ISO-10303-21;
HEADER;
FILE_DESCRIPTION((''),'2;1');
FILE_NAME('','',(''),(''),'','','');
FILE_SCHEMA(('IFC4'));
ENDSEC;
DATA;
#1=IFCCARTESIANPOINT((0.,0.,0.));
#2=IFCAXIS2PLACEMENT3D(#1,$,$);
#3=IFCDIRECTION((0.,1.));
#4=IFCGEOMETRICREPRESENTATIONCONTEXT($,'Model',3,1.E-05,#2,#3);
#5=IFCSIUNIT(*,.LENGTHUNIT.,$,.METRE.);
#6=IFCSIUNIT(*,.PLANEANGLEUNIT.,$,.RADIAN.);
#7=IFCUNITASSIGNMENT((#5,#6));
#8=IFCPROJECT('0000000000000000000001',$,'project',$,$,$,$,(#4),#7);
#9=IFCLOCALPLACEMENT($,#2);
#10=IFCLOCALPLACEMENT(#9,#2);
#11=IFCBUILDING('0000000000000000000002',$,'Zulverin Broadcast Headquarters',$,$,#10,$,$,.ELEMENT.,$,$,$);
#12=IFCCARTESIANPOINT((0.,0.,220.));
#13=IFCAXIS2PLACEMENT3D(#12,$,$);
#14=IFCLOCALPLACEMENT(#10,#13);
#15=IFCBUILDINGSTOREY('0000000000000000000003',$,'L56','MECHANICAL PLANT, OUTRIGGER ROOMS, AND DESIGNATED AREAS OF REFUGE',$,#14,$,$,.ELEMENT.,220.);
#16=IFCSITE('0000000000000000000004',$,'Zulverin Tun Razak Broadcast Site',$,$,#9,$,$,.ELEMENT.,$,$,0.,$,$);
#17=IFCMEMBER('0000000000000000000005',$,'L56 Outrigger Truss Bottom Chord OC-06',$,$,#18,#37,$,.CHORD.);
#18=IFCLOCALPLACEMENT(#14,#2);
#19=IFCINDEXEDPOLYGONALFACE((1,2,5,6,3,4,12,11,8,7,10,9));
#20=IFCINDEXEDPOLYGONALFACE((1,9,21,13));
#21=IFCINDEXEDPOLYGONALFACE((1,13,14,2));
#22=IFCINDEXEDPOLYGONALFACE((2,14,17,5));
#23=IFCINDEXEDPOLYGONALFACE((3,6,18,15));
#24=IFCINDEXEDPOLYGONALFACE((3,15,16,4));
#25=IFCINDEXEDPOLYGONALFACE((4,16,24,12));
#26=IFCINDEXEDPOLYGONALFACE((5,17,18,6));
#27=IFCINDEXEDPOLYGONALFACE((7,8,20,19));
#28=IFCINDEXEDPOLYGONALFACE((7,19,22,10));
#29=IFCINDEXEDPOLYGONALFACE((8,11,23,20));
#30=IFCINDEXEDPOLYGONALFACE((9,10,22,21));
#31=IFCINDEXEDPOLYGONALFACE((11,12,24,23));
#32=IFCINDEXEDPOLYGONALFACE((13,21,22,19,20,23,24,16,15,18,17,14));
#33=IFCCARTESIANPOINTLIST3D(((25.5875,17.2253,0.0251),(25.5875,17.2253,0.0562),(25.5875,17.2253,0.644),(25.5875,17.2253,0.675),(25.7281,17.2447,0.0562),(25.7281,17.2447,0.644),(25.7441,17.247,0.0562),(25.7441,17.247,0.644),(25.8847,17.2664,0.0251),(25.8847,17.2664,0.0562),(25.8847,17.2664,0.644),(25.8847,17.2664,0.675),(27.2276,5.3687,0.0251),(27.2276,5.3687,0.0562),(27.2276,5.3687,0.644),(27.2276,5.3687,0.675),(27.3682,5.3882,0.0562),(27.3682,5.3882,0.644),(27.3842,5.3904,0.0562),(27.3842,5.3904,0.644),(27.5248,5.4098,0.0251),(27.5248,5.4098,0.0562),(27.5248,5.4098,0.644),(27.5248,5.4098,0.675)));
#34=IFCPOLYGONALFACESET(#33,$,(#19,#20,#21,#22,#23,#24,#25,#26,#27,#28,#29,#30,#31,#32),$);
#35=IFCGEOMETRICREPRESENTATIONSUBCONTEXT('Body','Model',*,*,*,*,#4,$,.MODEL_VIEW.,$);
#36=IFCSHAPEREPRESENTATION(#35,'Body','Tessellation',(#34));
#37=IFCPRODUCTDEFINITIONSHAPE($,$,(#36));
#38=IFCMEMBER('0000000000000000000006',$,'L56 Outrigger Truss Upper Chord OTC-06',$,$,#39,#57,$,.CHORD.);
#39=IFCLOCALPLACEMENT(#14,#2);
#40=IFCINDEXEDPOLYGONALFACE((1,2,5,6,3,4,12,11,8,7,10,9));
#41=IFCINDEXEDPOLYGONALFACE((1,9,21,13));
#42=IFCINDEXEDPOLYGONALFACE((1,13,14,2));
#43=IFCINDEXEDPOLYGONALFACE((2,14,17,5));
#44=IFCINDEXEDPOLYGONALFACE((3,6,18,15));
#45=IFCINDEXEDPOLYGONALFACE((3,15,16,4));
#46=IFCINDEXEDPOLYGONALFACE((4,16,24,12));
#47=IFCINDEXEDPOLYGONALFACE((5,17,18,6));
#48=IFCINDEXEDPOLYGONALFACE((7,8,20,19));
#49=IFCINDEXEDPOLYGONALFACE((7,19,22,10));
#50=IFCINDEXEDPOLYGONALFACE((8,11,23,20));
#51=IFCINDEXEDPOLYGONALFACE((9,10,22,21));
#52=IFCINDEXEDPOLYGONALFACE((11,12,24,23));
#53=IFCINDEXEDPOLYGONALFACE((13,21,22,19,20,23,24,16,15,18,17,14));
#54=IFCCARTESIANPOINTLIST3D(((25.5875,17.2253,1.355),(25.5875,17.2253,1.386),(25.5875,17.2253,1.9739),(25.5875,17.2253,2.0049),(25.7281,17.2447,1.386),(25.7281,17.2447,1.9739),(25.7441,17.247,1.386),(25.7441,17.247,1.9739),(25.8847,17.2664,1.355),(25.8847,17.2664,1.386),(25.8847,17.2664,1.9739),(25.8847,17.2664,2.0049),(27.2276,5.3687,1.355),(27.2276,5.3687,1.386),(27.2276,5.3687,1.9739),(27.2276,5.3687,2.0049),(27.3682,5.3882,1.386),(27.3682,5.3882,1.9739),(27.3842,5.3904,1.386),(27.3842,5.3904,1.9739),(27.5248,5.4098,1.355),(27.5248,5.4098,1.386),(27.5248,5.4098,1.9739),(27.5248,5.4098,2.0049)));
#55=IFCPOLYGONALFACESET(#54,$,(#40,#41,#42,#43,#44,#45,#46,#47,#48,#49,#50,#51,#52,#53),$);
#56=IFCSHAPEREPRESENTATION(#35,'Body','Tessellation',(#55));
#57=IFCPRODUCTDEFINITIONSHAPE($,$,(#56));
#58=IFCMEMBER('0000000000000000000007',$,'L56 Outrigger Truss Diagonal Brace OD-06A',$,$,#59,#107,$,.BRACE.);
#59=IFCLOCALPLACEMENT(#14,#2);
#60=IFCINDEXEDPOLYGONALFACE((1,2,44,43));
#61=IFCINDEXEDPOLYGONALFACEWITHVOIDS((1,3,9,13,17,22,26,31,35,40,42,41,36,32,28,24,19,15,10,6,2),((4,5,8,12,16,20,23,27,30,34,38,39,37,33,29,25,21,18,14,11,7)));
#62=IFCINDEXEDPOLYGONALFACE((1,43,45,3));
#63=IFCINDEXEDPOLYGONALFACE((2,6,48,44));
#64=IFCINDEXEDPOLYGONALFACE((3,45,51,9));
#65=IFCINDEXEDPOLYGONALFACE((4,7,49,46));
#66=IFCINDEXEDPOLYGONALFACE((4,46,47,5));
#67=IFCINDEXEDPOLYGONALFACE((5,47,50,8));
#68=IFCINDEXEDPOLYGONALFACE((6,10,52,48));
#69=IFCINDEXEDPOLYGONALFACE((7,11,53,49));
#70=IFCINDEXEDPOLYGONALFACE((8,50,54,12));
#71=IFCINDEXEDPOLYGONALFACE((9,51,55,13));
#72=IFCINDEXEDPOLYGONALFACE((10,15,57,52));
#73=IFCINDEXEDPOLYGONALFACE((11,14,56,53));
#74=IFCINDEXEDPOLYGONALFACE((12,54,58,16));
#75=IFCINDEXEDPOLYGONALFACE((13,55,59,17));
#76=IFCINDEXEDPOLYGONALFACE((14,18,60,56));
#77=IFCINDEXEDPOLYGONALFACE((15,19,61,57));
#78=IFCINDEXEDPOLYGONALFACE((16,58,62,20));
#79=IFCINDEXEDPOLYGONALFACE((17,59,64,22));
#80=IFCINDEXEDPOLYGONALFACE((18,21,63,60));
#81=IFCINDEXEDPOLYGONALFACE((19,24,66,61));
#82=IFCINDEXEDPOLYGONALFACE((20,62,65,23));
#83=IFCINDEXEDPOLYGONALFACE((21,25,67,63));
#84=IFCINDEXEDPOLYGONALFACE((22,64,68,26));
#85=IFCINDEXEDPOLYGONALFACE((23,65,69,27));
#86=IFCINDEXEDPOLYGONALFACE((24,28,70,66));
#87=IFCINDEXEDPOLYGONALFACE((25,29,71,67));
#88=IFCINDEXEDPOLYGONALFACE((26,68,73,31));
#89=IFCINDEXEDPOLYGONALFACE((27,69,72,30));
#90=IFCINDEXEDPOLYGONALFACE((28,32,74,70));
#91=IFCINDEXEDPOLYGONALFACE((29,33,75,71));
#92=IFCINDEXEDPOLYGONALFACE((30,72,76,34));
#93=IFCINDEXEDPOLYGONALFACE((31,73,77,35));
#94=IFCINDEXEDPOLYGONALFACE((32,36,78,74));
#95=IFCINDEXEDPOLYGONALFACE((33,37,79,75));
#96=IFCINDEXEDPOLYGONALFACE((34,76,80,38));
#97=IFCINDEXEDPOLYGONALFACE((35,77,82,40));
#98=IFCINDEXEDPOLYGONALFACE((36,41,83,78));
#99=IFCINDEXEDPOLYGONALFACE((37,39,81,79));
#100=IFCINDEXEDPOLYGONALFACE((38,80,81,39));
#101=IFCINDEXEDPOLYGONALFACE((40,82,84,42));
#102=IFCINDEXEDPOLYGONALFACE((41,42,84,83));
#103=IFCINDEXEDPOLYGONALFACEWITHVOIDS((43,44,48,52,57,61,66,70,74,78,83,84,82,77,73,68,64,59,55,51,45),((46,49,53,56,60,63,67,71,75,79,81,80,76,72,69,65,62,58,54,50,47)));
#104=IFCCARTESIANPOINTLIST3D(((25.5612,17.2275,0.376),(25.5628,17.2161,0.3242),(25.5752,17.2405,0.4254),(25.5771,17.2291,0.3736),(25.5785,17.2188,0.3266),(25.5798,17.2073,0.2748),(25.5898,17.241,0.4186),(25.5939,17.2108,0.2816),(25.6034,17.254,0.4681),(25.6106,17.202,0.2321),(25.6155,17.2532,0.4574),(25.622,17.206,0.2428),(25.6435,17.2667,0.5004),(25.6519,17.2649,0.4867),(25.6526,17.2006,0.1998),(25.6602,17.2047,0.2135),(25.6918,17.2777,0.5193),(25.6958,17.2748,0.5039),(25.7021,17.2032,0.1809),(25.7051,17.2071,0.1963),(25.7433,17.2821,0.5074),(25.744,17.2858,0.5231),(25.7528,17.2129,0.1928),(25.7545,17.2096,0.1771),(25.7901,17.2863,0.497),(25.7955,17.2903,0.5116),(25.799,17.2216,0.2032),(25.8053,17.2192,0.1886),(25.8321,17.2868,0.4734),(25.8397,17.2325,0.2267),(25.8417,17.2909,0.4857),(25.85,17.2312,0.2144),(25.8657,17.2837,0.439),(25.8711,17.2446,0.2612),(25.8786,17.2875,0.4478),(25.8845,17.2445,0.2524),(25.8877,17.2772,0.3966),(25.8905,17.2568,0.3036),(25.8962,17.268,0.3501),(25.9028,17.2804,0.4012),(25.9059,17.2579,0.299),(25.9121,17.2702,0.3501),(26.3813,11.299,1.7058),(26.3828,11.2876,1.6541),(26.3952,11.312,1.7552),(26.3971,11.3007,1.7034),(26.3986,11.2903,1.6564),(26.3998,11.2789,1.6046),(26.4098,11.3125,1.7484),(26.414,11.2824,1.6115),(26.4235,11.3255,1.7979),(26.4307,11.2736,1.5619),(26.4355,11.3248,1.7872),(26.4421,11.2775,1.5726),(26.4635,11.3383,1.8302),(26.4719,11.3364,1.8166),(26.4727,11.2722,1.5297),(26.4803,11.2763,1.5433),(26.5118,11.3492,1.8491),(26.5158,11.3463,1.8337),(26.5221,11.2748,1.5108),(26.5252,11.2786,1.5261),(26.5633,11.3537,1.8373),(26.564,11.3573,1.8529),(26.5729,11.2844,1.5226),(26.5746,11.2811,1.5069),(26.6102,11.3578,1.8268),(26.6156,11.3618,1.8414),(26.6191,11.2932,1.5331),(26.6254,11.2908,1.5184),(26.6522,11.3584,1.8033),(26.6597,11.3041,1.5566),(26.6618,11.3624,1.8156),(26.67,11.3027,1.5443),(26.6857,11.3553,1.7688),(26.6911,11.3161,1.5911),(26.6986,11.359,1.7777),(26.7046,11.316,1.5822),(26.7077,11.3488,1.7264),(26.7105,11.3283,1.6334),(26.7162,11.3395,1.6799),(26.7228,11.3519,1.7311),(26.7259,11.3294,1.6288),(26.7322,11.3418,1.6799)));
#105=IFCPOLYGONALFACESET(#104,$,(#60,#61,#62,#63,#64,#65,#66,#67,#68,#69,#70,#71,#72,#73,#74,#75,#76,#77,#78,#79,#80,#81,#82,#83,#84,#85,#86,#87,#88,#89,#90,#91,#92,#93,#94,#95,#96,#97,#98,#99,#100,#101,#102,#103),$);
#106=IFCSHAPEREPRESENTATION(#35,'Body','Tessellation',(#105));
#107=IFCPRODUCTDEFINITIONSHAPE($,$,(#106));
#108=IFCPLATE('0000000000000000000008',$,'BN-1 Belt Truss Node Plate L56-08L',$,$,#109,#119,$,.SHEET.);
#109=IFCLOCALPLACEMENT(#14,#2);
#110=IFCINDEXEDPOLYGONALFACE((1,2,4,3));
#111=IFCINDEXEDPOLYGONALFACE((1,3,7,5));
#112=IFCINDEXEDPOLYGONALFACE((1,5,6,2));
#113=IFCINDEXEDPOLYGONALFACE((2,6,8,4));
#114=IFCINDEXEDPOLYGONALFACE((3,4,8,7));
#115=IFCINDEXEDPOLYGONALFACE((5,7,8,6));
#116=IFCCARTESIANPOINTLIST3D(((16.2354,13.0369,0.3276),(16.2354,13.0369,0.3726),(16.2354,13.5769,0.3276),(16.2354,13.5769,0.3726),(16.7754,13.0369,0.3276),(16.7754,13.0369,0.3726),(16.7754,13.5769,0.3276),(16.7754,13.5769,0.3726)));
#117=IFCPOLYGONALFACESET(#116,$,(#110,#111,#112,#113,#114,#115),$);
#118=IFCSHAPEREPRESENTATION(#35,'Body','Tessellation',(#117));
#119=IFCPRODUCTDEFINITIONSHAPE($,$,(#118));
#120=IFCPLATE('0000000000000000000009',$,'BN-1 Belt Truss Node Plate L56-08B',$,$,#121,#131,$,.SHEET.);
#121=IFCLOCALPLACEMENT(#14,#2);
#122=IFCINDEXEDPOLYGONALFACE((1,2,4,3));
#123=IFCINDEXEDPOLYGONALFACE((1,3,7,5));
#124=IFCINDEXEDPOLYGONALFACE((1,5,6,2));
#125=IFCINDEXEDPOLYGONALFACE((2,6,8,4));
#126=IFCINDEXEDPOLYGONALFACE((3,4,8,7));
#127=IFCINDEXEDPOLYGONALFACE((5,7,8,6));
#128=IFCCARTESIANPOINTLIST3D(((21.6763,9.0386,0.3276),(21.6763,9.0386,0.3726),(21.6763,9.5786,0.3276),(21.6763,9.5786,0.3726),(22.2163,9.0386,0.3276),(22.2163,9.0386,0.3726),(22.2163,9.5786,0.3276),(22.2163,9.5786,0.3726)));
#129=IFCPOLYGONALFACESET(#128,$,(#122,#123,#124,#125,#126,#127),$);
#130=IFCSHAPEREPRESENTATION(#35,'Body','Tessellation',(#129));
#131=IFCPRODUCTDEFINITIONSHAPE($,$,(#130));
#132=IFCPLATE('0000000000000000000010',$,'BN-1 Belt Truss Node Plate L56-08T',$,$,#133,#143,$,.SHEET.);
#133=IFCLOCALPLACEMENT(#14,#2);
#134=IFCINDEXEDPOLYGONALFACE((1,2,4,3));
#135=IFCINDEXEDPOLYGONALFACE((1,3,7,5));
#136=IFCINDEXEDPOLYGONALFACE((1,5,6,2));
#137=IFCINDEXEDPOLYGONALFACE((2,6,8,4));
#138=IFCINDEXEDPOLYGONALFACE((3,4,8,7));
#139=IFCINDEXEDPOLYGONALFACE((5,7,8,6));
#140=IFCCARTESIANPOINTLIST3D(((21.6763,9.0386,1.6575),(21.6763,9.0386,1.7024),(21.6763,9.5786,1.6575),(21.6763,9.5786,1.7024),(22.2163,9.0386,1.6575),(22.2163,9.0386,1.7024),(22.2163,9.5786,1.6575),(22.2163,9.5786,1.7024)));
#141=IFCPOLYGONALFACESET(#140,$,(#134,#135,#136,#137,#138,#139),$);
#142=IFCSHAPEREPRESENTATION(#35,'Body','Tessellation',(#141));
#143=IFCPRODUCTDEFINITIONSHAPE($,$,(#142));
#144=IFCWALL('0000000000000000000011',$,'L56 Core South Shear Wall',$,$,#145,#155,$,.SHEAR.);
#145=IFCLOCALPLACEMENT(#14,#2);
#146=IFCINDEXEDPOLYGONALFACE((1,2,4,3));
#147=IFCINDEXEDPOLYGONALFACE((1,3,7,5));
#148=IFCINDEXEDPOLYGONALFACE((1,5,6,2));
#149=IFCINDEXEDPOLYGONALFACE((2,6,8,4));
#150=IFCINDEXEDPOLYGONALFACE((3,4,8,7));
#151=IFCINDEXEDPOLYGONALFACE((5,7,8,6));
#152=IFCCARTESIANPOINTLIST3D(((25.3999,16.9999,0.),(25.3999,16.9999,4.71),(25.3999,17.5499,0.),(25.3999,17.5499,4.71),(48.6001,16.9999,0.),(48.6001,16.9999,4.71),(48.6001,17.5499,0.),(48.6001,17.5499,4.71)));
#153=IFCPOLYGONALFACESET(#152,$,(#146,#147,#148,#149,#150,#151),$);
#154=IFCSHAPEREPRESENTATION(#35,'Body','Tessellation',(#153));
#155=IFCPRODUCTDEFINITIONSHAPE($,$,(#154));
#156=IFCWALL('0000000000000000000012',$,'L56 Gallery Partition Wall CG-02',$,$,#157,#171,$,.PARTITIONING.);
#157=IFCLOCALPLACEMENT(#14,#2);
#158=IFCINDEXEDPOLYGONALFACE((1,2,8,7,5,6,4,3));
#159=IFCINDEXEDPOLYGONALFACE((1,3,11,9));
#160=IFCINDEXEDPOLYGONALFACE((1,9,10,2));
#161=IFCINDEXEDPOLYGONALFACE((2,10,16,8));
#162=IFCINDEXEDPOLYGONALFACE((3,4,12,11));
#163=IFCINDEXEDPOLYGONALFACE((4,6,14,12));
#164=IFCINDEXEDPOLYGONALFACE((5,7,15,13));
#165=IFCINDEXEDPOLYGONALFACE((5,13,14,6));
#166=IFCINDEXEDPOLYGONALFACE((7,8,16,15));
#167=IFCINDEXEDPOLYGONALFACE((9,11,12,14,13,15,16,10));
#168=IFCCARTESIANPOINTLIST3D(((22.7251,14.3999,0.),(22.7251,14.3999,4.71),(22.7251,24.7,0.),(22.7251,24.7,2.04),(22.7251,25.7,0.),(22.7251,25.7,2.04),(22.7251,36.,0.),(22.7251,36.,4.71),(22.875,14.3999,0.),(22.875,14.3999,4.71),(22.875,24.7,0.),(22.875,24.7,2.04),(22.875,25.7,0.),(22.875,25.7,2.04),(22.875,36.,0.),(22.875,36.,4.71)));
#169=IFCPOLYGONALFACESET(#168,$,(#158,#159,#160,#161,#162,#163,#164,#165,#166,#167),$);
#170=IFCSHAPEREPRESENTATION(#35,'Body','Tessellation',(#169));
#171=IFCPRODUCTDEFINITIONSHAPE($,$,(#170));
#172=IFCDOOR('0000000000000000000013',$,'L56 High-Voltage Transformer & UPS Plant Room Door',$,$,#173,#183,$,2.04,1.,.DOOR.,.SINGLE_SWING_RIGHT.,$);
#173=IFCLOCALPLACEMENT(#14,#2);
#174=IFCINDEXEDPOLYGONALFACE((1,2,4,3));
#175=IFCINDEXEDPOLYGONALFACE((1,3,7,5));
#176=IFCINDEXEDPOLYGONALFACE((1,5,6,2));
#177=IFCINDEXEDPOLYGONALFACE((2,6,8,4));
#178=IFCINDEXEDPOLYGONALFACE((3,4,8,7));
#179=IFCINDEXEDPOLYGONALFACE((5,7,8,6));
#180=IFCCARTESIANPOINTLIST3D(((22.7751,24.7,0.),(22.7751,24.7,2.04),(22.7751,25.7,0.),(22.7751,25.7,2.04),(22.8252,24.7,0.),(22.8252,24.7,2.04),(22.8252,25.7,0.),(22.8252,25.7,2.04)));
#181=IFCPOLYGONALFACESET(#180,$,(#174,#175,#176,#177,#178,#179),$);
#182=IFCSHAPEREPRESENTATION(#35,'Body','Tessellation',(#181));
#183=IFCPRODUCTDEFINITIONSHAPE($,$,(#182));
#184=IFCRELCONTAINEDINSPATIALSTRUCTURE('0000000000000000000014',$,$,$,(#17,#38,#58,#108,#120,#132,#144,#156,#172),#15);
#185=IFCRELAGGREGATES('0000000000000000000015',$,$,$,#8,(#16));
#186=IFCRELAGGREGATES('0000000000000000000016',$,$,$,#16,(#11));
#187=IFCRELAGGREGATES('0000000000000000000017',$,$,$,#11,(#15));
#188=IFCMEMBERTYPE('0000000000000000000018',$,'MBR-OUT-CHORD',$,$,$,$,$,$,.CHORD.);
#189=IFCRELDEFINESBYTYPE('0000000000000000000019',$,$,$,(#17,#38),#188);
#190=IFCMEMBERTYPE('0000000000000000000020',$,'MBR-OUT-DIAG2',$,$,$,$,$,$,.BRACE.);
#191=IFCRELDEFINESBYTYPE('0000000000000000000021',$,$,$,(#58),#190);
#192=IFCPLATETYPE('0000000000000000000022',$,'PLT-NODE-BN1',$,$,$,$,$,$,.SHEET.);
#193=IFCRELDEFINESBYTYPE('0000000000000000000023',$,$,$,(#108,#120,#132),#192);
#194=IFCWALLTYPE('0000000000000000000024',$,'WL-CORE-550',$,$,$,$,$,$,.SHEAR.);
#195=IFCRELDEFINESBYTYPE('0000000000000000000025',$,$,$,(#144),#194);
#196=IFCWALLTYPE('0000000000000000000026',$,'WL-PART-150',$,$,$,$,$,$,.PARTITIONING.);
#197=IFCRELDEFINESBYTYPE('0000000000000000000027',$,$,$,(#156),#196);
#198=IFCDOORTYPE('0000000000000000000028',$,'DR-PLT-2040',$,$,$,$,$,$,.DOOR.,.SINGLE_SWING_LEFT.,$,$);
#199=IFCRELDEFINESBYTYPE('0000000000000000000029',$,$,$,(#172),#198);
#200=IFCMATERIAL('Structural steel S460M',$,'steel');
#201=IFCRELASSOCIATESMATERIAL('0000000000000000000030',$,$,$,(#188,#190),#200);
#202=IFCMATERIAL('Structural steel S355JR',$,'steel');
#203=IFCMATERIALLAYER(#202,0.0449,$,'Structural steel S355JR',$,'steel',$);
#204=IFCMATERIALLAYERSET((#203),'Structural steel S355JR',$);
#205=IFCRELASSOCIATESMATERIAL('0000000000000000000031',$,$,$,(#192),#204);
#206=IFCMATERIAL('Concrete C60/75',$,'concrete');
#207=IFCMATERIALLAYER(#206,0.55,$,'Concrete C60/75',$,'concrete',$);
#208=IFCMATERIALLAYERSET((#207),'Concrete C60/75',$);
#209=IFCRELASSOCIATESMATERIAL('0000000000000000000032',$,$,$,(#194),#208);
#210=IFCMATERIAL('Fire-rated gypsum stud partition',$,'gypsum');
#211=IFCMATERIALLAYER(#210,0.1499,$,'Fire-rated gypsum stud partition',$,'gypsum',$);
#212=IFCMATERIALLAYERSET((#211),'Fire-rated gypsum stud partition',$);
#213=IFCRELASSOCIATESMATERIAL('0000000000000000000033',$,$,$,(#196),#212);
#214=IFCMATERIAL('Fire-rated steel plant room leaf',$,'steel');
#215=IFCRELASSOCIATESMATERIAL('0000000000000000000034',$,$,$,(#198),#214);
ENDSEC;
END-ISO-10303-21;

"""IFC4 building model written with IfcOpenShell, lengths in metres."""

from ifc_helpers import new_model, si_unit, direction, frame, frame_2d, origin, origin_2d, place, context, subcontext, project, spatial, rectangle, hollow_circle, i_section, extrude, material, layer, layer_set, material_profile, profile_set, type_object, element, fill, save


model = new_model("IFC4")

# Units and contexts
model_context = context("Model", 3, precision=1e-05, world=origin(), true_north=direction((0.0, 1.0)))
body_context = subcontext(model_context, "Body", "Model", "MODEL_VIEW")
ifc_project = project(units=[si_unit("LENGTHUNIT", "METRE"), si_unit("PLANEANGLEUNIT", "RADIAN")], contexts=[model_context])

# Site, building, storey
site_placement = place(None, origin())
site = spatial("IfcSite", under=ifc_project, at=site_placement, Name="Zulverin Tun Razak Broadcast Site", CompositionType="ELEMENT", RefElevation=0.0)
building_placement = place(site_placement, origin())
building = spatial("IfcBuilding", under=site, at=building_placement, Name="Zulverin Broadcast Headquarters", CompositionType="ELEMENT")
storey_placement = place(building_placement, frame((0.0, 0.0, 220.0)))
storey = spatial("IfcBuildingStorey", under=building, at=storey_placement, Name="L56", Description="MECHANICAL PLANT, OUTRIGGER ROOMS, AND DESIGNATED AREAS OF REFUGE", CompositionType="ELEMENT", Elevation=220.0)

# Shared definitions
ifc_material_1 = material(Name="Concrete C60/75", Category="concrete")

# Members
ifc_material_2 = material(Name="Structural steel S355JR", Category="steel")
ifc_material_3 = material(Name="Structural steel S460M", Category="steel")
ifc_material_profile_1 = material_profile(ifc_material_3, i_section(OverallWidth=0.3, OverallDepth=0.6499, WebThickness=0.0161, FlangeThickness=0.031, at=origin_2d()), Name="Structural steel S460M", Category="steel")
ifc_profile_set_1 = profile_set([ifc_material_profile_1], Name="Structural steel S460M")
member_type_1 = type_object("IfcMemberType", Name="MBR-OUT-CHORD", PredefinedType="CHORD", material=ifc_profile_set_1)
for number, where, z_axis, x_axis, name in (
    (1, (25.7361, 17.2458, 0.3501), (0.137025, -0.990568, 0.0), (0.990568, 0.137025, 0.0), "L56 Outrigger Truss Bottom Chord OC-06"),
    (2, (25.7361, 17.2458, 1.6799), (0.137025, -0.990568, 0.0), (0.990568, 0.137025, 0.0), "L56 Outrigger Truss Upper Chord OTC-06"),
):
    element("IfcMember", number, at=place(storey_placement, frame(where, z_axis=z_axis, x_axis=x_axis)), inside=storey, type_object=member_type_1, Name=name, PredefinedType="CHORD", context=body_context, shape_type="SweptSolid", body=[
        extrude(i_section(OverallWidth=0.3, OverallDepth=0.6499, WebThickness=0.0161, FlangeThickness=0.031, at=origin_2d()), origin(), (0.0, 0.0, 1.0), 11.9695),
    ])
ifc_material_profile_2 = material_profile(ifc_material_3, hollow_circle(Radius=0.1777, WallThickness=0.0161, at=origin_2d()), Name="Structural steel S460M", Category="steel")
ifc_profile_set_2 = profile_set([ifc_material_profile_2], Name="Structural steel S460M")
member_type_2 = type_object("IfcMemberType", Name="MBR-OUT-DIAG2", PredefinedType="BRACE", material=ifc_profile_set_2)
member_1_placement = place(storey_placement, frame((25.7361, 17.2458, 0.3501), z_axis=(0.13376, -0.966985, 0.216908), x_axis=(0.990568, 0.137023, 0.0)))
element("IfcMember", 3, at=member_1_placement, inside=storey, type_object=member_type_2, Name="L56 Outrigger Truss Diagonal Brace OD-06A", PredefinedType="BRACE", context=body_context, shape_type="SweptSolid", body=[
    extrude(hollow_circle(Radius=0.1777, WallThickness=0.0161, at=origin_2d()), origin(), (0.0, 0.0, 1.0), 6.1309),
])

# Plates
ifc_layer_1 = layer(ifc_material_2, 0.0449, Name="Structural steel S355JR", Category="steel")
ifc_layer_set_1 = layer_set([ifc_layer_1], Name="Structural steel S355JR")
plate_type = type_object("IfcPlateType", Name="PLT-NODE-BN1", PredefinedType="SHEET", material=ifc_layer_set_1)
for number, where, z_axis, x_axis, name in (
    (4, (16.5054, 13.3069, 0.3276), (0.0, 0.0, 1.0), (1.0, 0.0, 0.0), "BN-1 Belt Truss Node Plate L56-08L"),
    (5, (21.9463, 9.3086, 0.3276), (0.0, 0.0, 1.0), (1.0, 0.0, 0.0), "BN-1 Belt Truss Node Plate L56-08B"),
    (6, (21.9463, 9.3086, 1.6575), (0.0, 0.0, 1.0), (1.0, 0.0, 0.0), "BN-1 Belt Truss Node Plate L56-08T"),
):
    element("IfcPlate", number, at=place(storey_placement, frame(where, z_axis=z_axis, x_axis=x_axis)), inside=storey, type_object=plate_type, Name=name, PredefinedType="SHEET", context=body_context, shape_type="SweptSolid", body=[
        extrude(rectangle(XDim=0.54, YDim=0.54, at=origin_2d()), origin(), (0.0, 0.0, 1.0), 0.0449),
    ])

# Wall
ifc_layer_2 = layer(ifc_material_1, 0.55, Name="Concrete C60/75", Category="concrete")
ifc_layer_set_2 = layer_set([ifc_layer_2], Name="Concrete C60/75")
wall_type_1 = type_object("IfcWallType", Name="WL-CORE-550", PredefinedType="SHEAR", material=ifc_layer_set_2)
wall_1_placement = place(storey_placement, frame((25.3999, 17.2749, 0.0), z_axis=(0.0, 0.0, 1.0), x_axis=(1.0, 0.0, 0.0)))
element("IfcWall", 7, at=wall_1_placement, inside=storey, type_object=wall_type_1, Name="L56 Core South Shear Wall", PredefinedType="SHEAR", context=body_context, shape_type="SweptSolid", body=[
    extrude(rectangle(XDim=23.2002, YDim=0.55, at=frame_2d((11.6001, 0.0))), origin(), (0.0, 0.0, 1.0), 4.71),
])

# Wall, opening, door
ifc_material_4 = material(Name="Fire-rated gypsum stud partition", Category="gypsum")
ifc_layer_3 = layer(ifc_material_4, 0.1499, Name="Fire-rated gypsum stud partition", Category="gypsum")
ifc_layer_set_3 = layer_set([ifc_layer_3], Name="Fire-rated gypsum stud partition")
wall_type_2 = type_object("IfcWallType", Name="WL-PART-150", PredefinedType="PARTITIONING", material=ifc_layer_set_3)
wall_2_placement = place(storey_placement, frame((22.8, 14.3999, 0.0), z_axis=(0.0, 0.0, 1.0), x_axis=(0.0, 1.0, 0.0)))
wall_2 = element("IfcWall", 8, at=wall_2_placement, inside=storey, type_object=wall_type_2, Name="L56 Gallery Partition Wall CG-02", PredefinedType="PARTITIONING", context=body_context, shape_type="SweptSolid", body=[
    extrude(rectangle(XDim=21.6001, YDim=0.1499, at=frame_2d((10.8, 0.0))), origin(), (0.0, 0.0, 1.0), 4.71),
])
opening_1_placement = place(wall_2_placement, frame((10.3, 0.0, 0.0)))
opening_1 = element("IfcOpeningElement", 9, at=opening_1_placement, cuts=wall_2, PredefinedType="OPENING", context=body_context, shape_type="SweptSolid", body=[
    extrude(rectangle(XDim=1.0, YDim=2.04, at=frame_2d((0.5, 1.02))), frame((0.0, 0.085, 0.0), z_axis=(0.0, -1.0, 0.0), x_axis=(1.0, 0.0, 0.0)), (0.0, 0.0, 1.0), 0.1699),
])
ifc_material_5 = material(Name="Fire-rated steel plant room leaf", Category="steel")
door_type_1 = type_object("IfcDoorType", Name="DR-PLT-2040", OperationType="SINGLE_SWING_LEFT", PredefinedType="DOOR", material=ifc_material_5)
door_1_placement = place(opening_1_placement, origin())
door_1 = element("IfcDoor", 10, at=door_1_placement, inside=storey, type_object=door_type_1, Name="L56 High-Voltage Transformer & UPS Plant Room Door", OperationType="SINGLE_SWING_RIGHT", OverallHeight=2.04, OverallWidth=1.0, PredefinedType="DOOR", context=body_context, shape_type="SweptSolid", body=[
    extrude(rectangle(XDim=1.0, YDim=2.04, at=frame_2d((0.5, 1.02))), frame((0.0, 0.0249, 0.0), z_axis=(0.0, -1.0, 0.0), x_axis=(1.0, 0.0, 0.0)), (0.0, 0.0, 1.0), 0.05),
])
fill(opening_1, door_1)

save(model, "model.ifc")
